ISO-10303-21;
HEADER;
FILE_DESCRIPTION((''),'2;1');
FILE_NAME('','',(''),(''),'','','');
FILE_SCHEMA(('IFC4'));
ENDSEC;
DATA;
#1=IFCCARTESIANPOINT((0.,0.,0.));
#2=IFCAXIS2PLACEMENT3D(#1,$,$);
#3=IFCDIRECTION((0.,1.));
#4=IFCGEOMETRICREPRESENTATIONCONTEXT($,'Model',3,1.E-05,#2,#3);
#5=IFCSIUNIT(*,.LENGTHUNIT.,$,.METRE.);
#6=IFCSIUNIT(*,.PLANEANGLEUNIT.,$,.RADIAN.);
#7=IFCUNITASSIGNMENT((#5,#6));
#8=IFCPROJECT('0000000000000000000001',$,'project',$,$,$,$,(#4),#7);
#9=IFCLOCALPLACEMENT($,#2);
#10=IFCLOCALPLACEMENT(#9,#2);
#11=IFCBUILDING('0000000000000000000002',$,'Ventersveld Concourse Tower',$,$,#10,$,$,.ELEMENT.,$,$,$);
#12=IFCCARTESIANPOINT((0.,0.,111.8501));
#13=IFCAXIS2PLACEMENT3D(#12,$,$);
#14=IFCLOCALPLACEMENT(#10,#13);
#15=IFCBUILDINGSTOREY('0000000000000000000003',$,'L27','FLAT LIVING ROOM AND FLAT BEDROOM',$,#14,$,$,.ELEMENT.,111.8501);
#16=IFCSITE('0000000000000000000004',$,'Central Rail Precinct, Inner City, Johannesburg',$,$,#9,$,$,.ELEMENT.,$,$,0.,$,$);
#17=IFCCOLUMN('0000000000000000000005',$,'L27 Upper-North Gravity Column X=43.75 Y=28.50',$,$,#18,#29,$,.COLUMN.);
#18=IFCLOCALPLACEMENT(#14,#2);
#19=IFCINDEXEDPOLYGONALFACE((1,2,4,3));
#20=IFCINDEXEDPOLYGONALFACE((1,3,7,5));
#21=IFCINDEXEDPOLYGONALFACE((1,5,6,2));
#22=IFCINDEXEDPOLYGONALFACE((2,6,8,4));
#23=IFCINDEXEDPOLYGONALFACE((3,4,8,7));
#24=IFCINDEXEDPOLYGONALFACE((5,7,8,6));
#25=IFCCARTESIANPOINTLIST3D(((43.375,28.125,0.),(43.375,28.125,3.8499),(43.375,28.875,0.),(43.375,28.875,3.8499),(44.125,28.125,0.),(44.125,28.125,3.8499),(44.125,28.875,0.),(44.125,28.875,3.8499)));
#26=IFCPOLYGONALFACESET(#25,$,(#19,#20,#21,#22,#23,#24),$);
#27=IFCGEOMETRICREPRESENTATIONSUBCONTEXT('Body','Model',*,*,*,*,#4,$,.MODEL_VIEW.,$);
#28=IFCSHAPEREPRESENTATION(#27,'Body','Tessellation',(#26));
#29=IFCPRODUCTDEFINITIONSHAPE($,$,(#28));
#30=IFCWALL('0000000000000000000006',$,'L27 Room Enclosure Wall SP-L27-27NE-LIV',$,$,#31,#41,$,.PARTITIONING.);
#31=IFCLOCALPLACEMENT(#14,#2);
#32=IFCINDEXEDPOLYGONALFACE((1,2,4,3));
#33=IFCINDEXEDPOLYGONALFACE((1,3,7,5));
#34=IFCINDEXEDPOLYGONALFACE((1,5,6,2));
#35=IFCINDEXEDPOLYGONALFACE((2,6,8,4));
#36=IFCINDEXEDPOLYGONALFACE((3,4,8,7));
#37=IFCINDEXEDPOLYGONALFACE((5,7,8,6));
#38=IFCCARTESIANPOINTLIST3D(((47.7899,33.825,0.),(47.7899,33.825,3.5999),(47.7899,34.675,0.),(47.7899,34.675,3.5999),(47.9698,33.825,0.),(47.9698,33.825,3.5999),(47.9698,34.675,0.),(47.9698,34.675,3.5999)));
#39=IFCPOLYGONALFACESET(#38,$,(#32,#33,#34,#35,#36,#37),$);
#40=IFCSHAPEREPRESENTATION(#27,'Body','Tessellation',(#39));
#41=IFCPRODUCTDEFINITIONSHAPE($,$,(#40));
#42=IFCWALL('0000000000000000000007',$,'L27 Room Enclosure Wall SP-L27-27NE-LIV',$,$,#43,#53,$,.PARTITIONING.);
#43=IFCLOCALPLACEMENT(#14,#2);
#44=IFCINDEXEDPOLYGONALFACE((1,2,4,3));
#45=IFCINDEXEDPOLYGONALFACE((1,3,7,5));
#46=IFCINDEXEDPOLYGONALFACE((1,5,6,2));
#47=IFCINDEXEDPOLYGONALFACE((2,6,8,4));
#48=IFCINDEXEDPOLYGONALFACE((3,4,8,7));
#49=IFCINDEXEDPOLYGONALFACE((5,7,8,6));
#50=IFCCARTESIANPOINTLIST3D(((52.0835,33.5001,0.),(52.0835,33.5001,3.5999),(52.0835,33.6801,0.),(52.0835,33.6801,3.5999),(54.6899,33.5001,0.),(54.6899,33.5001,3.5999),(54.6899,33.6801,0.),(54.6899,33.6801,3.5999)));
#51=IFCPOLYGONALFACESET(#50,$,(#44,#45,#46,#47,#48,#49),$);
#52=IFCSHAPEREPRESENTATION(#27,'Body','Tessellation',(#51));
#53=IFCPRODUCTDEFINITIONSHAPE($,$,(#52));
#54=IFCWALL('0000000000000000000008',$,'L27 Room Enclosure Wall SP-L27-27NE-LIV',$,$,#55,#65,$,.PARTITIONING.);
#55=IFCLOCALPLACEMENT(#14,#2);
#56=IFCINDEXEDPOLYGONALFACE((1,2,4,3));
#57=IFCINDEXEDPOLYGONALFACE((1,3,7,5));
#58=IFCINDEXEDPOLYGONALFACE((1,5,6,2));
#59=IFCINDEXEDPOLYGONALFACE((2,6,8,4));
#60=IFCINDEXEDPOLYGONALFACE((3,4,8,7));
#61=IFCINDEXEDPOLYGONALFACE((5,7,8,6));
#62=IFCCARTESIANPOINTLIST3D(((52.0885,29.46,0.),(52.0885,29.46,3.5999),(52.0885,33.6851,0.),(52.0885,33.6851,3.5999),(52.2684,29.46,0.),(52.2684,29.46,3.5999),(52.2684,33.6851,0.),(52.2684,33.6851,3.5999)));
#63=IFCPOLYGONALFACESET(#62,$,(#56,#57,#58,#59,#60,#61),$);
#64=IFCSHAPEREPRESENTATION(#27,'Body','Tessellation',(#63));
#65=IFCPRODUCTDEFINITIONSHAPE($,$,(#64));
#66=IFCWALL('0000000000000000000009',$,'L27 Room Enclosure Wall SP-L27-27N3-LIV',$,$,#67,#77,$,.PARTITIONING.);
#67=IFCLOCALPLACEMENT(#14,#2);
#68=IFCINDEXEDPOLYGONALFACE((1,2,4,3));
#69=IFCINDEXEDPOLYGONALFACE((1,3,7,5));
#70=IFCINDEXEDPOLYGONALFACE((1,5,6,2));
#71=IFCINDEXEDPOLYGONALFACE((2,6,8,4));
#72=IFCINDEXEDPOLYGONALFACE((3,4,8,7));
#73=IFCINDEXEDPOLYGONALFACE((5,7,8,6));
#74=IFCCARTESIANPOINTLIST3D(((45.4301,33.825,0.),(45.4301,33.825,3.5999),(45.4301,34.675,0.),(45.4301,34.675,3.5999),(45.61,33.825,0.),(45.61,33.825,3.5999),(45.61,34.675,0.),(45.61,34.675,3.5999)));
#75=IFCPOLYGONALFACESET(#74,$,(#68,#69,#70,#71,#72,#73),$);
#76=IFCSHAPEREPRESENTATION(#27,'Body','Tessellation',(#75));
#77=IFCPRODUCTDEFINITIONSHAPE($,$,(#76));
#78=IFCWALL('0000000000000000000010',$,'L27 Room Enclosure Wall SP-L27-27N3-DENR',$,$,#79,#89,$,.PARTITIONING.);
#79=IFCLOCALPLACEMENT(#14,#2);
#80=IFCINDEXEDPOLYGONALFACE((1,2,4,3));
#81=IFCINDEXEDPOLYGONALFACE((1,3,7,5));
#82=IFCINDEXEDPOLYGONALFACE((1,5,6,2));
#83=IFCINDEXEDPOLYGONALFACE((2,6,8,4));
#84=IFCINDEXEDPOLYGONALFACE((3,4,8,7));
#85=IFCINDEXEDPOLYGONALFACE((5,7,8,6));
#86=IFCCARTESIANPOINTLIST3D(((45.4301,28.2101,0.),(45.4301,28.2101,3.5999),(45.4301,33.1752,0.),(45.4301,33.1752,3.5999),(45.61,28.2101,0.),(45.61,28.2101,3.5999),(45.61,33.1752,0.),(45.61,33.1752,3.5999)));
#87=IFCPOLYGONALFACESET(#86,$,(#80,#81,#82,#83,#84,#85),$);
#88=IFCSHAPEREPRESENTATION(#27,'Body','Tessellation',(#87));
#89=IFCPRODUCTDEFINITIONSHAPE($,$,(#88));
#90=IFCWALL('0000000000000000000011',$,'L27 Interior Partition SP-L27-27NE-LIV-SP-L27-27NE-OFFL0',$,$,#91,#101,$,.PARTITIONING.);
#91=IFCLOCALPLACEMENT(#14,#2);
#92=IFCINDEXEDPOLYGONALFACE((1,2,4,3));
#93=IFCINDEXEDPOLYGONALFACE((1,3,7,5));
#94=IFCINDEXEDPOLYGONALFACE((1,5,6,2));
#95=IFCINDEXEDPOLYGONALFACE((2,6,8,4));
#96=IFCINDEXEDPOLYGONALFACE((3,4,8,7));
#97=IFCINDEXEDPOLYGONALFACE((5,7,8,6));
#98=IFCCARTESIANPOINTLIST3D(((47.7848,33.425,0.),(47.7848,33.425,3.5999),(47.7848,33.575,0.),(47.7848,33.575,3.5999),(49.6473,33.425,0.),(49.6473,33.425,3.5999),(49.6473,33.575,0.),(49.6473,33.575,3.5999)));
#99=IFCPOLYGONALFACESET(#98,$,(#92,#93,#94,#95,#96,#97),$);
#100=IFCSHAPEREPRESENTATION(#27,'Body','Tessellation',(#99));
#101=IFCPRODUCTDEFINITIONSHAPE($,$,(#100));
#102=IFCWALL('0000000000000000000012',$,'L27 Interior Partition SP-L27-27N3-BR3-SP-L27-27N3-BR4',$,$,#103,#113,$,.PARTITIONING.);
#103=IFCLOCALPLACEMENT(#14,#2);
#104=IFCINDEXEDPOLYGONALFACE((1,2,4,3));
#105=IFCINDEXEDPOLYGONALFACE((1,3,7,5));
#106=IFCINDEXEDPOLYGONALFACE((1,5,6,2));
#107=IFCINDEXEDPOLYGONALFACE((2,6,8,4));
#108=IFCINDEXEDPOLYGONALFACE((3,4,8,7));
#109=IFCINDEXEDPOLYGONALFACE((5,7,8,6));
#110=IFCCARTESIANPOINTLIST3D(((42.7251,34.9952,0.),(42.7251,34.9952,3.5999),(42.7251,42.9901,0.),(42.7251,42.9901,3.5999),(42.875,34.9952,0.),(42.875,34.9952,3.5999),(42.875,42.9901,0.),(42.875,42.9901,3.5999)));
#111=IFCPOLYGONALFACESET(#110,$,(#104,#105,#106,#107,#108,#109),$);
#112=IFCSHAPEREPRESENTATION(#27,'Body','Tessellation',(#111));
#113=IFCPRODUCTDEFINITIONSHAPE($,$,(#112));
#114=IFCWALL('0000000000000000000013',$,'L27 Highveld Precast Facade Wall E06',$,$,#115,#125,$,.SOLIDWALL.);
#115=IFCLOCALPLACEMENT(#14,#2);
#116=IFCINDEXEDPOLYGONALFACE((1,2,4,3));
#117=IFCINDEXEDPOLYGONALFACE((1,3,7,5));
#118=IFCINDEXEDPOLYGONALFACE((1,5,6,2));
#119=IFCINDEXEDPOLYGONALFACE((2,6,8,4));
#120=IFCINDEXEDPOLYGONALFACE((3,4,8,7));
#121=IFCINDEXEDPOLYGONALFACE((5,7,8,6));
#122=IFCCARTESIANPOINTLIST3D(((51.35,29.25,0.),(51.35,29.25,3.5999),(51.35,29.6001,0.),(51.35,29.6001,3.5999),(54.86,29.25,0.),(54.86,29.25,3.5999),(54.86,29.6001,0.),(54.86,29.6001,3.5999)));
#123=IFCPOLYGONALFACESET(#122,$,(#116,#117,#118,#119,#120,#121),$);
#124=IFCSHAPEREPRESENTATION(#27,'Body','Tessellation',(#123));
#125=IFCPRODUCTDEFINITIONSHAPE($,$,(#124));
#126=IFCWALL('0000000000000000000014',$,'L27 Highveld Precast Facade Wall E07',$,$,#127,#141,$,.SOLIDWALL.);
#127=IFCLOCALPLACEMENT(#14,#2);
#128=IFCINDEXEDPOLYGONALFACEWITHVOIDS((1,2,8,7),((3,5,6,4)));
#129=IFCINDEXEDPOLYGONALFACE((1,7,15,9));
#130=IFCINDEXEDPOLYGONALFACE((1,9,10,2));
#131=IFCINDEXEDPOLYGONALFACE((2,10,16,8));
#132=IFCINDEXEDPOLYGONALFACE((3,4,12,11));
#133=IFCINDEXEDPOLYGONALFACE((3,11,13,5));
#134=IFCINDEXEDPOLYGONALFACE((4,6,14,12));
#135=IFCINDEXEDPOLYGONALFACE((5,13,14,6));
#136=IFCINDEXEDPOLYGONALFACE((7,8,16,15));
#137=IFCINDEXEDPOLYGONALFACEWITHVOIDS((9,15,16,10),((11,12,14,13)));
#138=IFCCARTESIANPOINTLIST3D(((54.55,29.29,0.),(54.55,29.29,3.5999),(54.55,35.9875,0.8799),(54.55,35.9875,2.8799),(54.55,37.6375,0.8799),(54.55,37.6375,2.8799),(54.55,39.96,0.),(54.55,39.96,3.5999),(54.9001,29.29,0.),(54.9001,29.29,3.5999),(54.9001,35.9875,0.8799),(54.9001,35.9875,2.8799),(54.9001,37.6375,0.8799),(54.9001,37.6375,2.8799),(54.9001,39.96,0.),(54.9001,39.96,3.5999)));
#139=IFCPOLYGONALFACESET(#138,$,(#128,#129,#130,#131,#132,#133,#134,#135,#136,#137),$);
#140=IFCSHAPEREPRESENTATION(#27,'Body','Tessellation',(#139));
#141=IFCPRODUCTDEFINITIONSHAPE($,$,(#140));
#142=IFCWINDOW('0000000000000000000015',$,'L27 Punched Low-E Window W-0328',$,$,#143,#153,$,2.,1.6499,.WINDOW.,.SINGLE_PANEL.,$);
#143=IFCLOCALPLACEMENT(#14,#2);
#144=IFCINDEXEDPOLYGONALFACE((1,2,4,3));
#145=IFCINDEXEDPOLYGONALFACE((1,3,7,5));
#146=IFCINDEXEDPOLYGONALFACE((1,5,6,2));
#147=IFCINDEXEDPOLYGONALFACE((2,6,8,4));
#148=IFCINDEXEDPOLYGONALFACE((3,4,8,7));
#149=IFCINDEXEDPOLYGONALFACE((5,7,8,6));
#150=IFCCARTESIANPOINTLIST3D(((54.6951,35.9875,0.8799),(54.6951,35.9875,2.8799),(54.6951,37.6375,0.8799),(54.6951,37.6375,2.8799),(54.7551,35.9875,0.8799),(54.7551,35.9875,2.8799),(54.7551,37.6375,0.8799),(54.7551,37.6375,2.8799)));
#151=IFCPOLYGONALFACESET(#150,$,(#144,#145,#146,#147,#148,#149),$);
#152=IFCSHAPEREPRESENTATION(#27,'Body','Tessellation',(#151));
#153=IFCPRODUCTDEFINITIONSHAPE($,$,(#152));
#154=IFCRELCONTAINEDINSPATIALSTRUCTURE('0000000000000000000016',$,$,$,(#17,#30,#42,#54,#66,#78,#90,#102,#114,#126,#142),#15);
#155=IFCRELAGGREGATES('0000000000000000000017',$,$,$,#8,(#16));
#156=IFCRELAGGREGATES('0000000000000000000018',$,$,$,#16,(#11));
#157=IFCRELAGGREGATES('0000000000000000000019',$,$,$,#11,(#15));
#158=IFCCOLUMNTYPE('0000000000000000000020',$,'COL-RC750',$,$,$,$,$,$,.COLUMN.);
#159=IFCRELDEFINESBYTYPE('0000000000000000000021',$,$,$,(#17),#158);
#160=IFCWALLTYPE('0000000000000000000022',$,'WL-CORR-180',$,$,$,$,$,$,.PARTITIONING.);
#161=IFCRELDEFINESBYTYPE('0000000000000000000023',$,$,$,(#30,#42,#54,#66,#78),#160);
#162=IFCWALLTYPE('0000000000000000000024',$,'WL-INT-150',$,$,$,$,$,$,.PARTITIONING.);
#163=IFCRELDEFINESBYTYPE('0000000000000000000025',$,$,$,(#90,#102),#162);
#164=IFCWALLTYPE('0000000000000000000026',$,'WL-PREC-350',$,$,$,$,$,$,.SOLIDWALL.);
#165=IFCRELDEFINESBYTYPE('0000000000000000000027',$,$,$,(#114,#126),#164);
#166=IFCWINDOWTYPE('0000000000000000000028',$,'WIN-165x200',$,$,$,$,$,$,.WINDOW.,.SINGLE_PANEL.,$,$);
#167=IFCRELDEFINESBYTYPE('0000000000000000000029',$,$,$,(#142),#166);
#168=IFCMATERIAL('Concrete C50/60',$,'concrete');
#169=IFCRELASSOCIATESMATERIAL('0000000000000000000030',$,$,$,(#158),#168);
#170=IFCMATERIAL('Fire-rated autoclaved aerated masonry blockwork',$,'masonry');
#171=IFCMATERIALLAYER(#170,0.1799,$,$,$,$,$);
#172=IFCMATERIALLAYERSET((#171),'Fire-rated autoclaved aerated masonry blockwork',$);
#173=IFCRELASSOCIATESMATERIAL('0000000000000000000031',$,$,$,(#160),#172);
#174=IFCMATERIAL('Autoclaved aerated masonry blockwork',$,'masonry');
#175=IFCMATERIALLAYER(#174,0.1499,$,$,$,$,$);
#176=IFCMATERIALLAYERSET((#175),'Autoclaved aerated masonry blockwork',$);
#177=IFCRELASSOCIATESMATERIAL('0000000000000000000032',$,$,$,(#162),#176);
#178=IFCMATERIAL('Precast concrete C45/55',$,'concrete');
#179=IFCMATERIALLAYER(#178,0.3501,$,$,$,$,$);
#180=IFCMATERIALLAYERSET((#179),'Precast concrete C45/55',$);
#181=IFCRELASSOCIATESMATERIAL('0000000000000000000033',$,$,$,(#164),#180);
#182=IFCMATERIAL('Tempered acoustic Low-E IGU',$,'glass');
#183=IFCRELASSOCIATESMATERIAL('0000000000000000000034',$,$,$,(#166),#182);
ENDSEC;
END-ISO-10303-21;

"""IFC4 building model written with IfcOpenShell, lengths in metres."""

from ifc_helpers import new_model, si_unit, direction, frame, frame_2d, origin, origin_2d, place, context, subcontext, project, spatial, rectangle, extrude, material, layer, layer_set, material_profile, profile_set, type_object, element, fill, save


model = new_model("IFC4")

# Units and contexts
model_context = context("Model", 3, precision=1e-05, world=origin(), true_north=direction((0.0, 1.0)))
body_context = subcontext(model_context, "Body", "Model", "MODEL_VIEW")
ifc_project = project(units=[si_unit("LENGTHUNIT", "METRE"), si_unit("PLANEANGLEUNIT", "RADIAN")], contexts=[model_context])

# Site, building, storey
site_placement = place(None, origin())
site = spatial("IfcSite", under=ifc_project, at=site_placement, Name="Central Rail Precinct, Inner City, Johannesburg", CompositionType="ELEMENT", RefElevation=0.0)
building_placement = place(site_placement, origin())
building = spatial("IfcBuilding", under=site, at=building_placement, Name="Ventersveld Concourse Tower", CompositionType="ELEMENT")
storey_placement = place(building_placement, frame((0.0, 0.0, 111.8501)))
storey = spatial("IfcBuildingStorey", under=building, at=storey_placement, Name="L27", Description="FLAT LIVING ROOM AND FLAT BEDROOM", CompositionType="ELEMENT", Elevation=111.8501)

# Column
ifc_material_1 = material(Name="Concrete C50/60", Category="concrete")
ifc_material_profile = material_profile(ifc_material_1, rectangle(XDim=0.75, YDim=0.75, at=origin_2d()), Name="RC 750x750")
ifc_profile_set = profile_set([ifc_material_profile], Name="Concrete C50/60")
column_type = type_object("IfcColumnType", Name="COL-RC750", PredefinedType="COLUMN", material=ifc_profile_set)
column_placement = place(storey_placement, frame((43.75, 28.5, 0.0), z_axis=(0.0, 0.0, 1.0), x_axis=(1.0, 0.0, 0.0)))
element("IfcColumn", 1, at=column_placement, inside=storey, type_object=column_type, Name="L27 Upper-North Gravity Column X=43.75 Y=28.50", PredefinedType="COLUMN", context=body_context, shape_type="SweptSolid", body=[
    extrude(rectangle(XDim=0.75, YDim=0.75, at=origin_2d()), origin(), (0.0, 0.0, 1.0), 3.8499),
])

# Walls
ifc_material_2 = material(Name="Fire-rated autoclaved aerated masonry blockwork", Category="masonry")
ifc_layer_1 = layer(ifc_material_2, 0.1799)
ifc_layer_set_1 = layer_set([ifc_layer_1], Name="Fire-rated autoclaved aerated masonry blockwork")
wall_type_1 = type_object("IfcWallType", Name="WL-CORR-180", PredefinedType="PARTITIONING", material=ifc_layer_set_1)
wall_1_placement = place(storey_placement, frame((47.8799, 33.825, 0.0), z_axis=(0.0, 0.0, 1.0), x_axis=(0.0, 1.0, 0.0)))
element("IfcWall", 2, at=wall_1_placement, inside=storey, type_object=wall_type_1, Name="L27 Room Enclosure Wall SP-L27-27NE-LIV", PredefinedType="PARTITIONING", context=body_context, shape_type="SweptSolid", body=[
    extrude(rectangle(XDim=0.8501, YDim=0.1799, at=frame_2d((0.425, 0.0))), origin(), (0.0, 0.0, 1.0), 3.5999),
])
wall_2_placement = place(storey_placement, frame((54.6899, 33.5901, 0.0), z_axis=(0.0, 0.0, 1.0), x_axis=(-1.0, 0.0, 0.0)))
element("IfcWall", 3, at=wall_2_placement, inside=storey, type_object=wall_type_1, Name="L27 Room Enclosure Wall SP-L27-27NE-LIV", PredefinedType="PARTITIONING", context=body_context, shape_type="SweptSolid", body=[
    extrude(rectangle(XDim=2.6064, YDim=0.1799, at=frame_2d((1.3032, 0.0))), origin(), (0.0, 0.0, 1.0), 3.5999),
])
wall_3_placement = place(storey_placement, frame((52.1785, 33.6851, 0.0), z_axis=(0.0, 0.0, 1.0), x_axis=(0.0, -1.0, 0.0)))
element("IfcWall", 4, at=wall_3_placement, inside=storey, type_object=wall_type_1, Name="L27 Room Enclosure Wall SP-L27-27NE-LIV", PredefinedType="PARTITIONING", context=body_context, shape_type="SweptSolid", body=[
    extrude(rectangle(XDim=4.2251, YDim=0.1799, at=frame_2d((2.1125, 0.0))), origin(), (0.0, 0.0, 1.0), 3.5999),
])
wall_4_placement = place(storey_placement, frame((45.52, 34.675, 0.0), z_axis=(0.0, 0.0, 1.0), x_axis=(0.0, -1.0, 0.0)))
element("IfcWall", 5, at=wall_4_placement, inside=storey, type_object=wall_type_1, Name="L27 Room Enclosure Wall SP-L27-27N3-LIV", PredefinedType="PARTITIONING", context=body_context, shape_type="SweptSolid", body=[
    extrude(rectangle(XDim=0.8501, YDim=0.1799, at=frame_2d((0.425, 0.0))), origin(), (0.0, 0.0, 1.0), 3.5999),
])
wall_5_placement = place(storey_placement, frame((45.52, 33.175, 0.0), z_axis=(0.0, 0.0, 1.0), x_axis=(0.0, -1.0, 0.0)))
element("IfcWall", 6, at=wall_5_placement, inside=storey, type_object=wall_type_1, Name="L27 Room Enclosure Wall SP-L27-27N3-DENR", PredefinedType="PARTITIONING", context=body_context, shape_type="SweptSolid", body=[
    extrude(rectangle(XDim=4.9651, YDim=0.1799, at=frame_2d((2.4824, 0.0))), origin(), (0.0, 0.0, 1.0), 3.5999),
])
ifc_material_3 = material(Name="Autoclaved aerated masonry blockwork", Category="masonry")
ifc_layer_2 = layer(ifc_material_3, 0.1499)
ifc_layer_set_2 = layer_set([ifc_layer_2], Name="Autoclaved aerated masonry blockwork")
wall_type_2 = type_object("IfcWallType", Name="WL-INT-150", PredefinedType="PARTITIONING", material=ifc_layer_set_2)
wall_6_placement = place(storey_placement, frame((47.7849, 33.5, 0.0), z_axis=(0.0, 0.0, 1.0), x_axis=(1.0, 0.0, 0.0)))
element("IfcWall", 7, at=wall_6_placement, inside=storey, type_object=wall_type_2, Name="L27 Interior Partition SP-L27-27NE-LIV-SP-L27-27NE-OFFL0", PredefinedType="PARTITIONING", context=body_context, shape_type="SweptSolid", body=[
    extrude(rectangle(XDim=1.8625, YDim=0.1499, at=frame_2d((0.9312, 0.0))), origin(), (0.0, 0.0, 1.0), 3.5999),
])
wall_7_placement = place(storey_placement, frame((42.8, 34.9951, 0.0), z_axis=(0.0, 0.0, 1.0), x_axis=(0.0, 1.0, 0.0)))
element("IfcWall", 8, at=wall_7_placement, inside=storey, type_object=wall_type_2, Name="L27 Interior Partition SP-L27-27N3-BR3-SP-L27-27N3-BR4", PredefinedType="PARTITIONING", context=body_context, shape_type="SweptSolid", body=[
    extrude(rectangle(XDim=7.9949, YDim=0.1499, at=frame_2d((3.9976, 0.0))), origin(), (0.0, 0.0, 1.0), 3.5999),
])
ifc_material_4 = material(Name="Precast concrete C45/55", Category="concrete")
ifc_layer_3 = layer(ifc_material_4, 0.3501)
ifc_layer_set_3 = layer_set([ifc_layer_3], Name="Precast concrete C45/55")
wall_type_3 = type_object("IfcWallType", Name="WL-PREC-350", PredefinedType="SOLIDWALL", material=ifc_layer_set_3)
wall_8_placement = place(storey_placement, frame((51.3501, 29.425, 0.0), z_axis=(0.0, 0.0, 1.0), x_axis=(1.0, 0.0, 0.0)))
element("IfcWall", 9, at=wall_8_placement, inside=storey, type_object=wall_type_3, Name="L27 Highveld Precast Facade Wall E06", PredefinedType="SOLIDWALL", context=body_context, shape_type="SweptSolid", body=[
    extrude(rectangle(XDim=3.51, YDim=0.3501, at=frame_2d((1.7549, 0.0))), origin(), (0.0, 0.0, 1.0), 3.5999),
])

# Wall, opening, window
wall_9_placement = place(storey_placement, frame((54.7251, 29.29, 0.0), z_axis=(0.0, 0.0, 1.0), x_axis=(0.0, 1.0, 0.0)))
wall_9 = element("IfcWall", 10, at=wall_9_placement, inside=storey, type_object=wall_type_3, Name="L27 Highveld Precast Facade Wall E07", PredefinedType="SOLIDWALL", context=body_context, shape_type="SweptSolid", body=[
    extrude(rectangle(XDim=10.6699, YDim=0.3501, at=frame_2d((5.335, 0.0))), origin(), (0.0, 0.0, 1.0), 3.5999),
])
opening_placement = place(wall_9_placement, frame((6.6975, 0.0, 0.8799)))
opening = element("IfcOpeningElement", 11, at=opening_placement, cuts=wall_9, PredefinedType="OPENING", context=body_context, shape_type="SweptSolid", body=[
    extrude(rectangle(XDim=1.6499, YDim=2.0, at=frame_2d((0.825, 1.0))), frame((0.0, 0.1851, 0.0), z_axis=(0.0, -1.0, 0.0), x_axis=(1.0, 0.0, 0.0)), (0.0, 0.0, 1.0), 0.3701),
])
ifc_material_5 = material(Name="Tempered acoustic Low-E IGU", Category="glass")
window_type = type_object("IfcWindowType", Name="WIN-165x200", PartitioningType="SINGLE_PANEL", PredefinedType="WINDOW", material=ifc_material_5)
window_placement = place(opening_placement, origin())
window = element("IfcWindow", 12, at=window_placement, inside=storey, type_object=window_type, Name="L27 Punched Low-E Window W-0328", OverallHeight=2.0, OverallWidth=1.6499, PartitioningType="SINGLE_PANEL", PredefinedType="WINDOW", context=body_context, shape_type="SweptSolid", body=[
    extrude(rectangle(XDim=1.6499, YDim=2.0, at=frame_2d((0.825, 1.0))), frame((0.0, 0.03, 0.0), z_axis=(0.0, -1.0, 0.0), x_axis=(1.0, 0.0, 0.0)), (0.0, 0.0, 1.0), 0.0601),
])
fill(opening, window)

save(model, "model.ifc")
